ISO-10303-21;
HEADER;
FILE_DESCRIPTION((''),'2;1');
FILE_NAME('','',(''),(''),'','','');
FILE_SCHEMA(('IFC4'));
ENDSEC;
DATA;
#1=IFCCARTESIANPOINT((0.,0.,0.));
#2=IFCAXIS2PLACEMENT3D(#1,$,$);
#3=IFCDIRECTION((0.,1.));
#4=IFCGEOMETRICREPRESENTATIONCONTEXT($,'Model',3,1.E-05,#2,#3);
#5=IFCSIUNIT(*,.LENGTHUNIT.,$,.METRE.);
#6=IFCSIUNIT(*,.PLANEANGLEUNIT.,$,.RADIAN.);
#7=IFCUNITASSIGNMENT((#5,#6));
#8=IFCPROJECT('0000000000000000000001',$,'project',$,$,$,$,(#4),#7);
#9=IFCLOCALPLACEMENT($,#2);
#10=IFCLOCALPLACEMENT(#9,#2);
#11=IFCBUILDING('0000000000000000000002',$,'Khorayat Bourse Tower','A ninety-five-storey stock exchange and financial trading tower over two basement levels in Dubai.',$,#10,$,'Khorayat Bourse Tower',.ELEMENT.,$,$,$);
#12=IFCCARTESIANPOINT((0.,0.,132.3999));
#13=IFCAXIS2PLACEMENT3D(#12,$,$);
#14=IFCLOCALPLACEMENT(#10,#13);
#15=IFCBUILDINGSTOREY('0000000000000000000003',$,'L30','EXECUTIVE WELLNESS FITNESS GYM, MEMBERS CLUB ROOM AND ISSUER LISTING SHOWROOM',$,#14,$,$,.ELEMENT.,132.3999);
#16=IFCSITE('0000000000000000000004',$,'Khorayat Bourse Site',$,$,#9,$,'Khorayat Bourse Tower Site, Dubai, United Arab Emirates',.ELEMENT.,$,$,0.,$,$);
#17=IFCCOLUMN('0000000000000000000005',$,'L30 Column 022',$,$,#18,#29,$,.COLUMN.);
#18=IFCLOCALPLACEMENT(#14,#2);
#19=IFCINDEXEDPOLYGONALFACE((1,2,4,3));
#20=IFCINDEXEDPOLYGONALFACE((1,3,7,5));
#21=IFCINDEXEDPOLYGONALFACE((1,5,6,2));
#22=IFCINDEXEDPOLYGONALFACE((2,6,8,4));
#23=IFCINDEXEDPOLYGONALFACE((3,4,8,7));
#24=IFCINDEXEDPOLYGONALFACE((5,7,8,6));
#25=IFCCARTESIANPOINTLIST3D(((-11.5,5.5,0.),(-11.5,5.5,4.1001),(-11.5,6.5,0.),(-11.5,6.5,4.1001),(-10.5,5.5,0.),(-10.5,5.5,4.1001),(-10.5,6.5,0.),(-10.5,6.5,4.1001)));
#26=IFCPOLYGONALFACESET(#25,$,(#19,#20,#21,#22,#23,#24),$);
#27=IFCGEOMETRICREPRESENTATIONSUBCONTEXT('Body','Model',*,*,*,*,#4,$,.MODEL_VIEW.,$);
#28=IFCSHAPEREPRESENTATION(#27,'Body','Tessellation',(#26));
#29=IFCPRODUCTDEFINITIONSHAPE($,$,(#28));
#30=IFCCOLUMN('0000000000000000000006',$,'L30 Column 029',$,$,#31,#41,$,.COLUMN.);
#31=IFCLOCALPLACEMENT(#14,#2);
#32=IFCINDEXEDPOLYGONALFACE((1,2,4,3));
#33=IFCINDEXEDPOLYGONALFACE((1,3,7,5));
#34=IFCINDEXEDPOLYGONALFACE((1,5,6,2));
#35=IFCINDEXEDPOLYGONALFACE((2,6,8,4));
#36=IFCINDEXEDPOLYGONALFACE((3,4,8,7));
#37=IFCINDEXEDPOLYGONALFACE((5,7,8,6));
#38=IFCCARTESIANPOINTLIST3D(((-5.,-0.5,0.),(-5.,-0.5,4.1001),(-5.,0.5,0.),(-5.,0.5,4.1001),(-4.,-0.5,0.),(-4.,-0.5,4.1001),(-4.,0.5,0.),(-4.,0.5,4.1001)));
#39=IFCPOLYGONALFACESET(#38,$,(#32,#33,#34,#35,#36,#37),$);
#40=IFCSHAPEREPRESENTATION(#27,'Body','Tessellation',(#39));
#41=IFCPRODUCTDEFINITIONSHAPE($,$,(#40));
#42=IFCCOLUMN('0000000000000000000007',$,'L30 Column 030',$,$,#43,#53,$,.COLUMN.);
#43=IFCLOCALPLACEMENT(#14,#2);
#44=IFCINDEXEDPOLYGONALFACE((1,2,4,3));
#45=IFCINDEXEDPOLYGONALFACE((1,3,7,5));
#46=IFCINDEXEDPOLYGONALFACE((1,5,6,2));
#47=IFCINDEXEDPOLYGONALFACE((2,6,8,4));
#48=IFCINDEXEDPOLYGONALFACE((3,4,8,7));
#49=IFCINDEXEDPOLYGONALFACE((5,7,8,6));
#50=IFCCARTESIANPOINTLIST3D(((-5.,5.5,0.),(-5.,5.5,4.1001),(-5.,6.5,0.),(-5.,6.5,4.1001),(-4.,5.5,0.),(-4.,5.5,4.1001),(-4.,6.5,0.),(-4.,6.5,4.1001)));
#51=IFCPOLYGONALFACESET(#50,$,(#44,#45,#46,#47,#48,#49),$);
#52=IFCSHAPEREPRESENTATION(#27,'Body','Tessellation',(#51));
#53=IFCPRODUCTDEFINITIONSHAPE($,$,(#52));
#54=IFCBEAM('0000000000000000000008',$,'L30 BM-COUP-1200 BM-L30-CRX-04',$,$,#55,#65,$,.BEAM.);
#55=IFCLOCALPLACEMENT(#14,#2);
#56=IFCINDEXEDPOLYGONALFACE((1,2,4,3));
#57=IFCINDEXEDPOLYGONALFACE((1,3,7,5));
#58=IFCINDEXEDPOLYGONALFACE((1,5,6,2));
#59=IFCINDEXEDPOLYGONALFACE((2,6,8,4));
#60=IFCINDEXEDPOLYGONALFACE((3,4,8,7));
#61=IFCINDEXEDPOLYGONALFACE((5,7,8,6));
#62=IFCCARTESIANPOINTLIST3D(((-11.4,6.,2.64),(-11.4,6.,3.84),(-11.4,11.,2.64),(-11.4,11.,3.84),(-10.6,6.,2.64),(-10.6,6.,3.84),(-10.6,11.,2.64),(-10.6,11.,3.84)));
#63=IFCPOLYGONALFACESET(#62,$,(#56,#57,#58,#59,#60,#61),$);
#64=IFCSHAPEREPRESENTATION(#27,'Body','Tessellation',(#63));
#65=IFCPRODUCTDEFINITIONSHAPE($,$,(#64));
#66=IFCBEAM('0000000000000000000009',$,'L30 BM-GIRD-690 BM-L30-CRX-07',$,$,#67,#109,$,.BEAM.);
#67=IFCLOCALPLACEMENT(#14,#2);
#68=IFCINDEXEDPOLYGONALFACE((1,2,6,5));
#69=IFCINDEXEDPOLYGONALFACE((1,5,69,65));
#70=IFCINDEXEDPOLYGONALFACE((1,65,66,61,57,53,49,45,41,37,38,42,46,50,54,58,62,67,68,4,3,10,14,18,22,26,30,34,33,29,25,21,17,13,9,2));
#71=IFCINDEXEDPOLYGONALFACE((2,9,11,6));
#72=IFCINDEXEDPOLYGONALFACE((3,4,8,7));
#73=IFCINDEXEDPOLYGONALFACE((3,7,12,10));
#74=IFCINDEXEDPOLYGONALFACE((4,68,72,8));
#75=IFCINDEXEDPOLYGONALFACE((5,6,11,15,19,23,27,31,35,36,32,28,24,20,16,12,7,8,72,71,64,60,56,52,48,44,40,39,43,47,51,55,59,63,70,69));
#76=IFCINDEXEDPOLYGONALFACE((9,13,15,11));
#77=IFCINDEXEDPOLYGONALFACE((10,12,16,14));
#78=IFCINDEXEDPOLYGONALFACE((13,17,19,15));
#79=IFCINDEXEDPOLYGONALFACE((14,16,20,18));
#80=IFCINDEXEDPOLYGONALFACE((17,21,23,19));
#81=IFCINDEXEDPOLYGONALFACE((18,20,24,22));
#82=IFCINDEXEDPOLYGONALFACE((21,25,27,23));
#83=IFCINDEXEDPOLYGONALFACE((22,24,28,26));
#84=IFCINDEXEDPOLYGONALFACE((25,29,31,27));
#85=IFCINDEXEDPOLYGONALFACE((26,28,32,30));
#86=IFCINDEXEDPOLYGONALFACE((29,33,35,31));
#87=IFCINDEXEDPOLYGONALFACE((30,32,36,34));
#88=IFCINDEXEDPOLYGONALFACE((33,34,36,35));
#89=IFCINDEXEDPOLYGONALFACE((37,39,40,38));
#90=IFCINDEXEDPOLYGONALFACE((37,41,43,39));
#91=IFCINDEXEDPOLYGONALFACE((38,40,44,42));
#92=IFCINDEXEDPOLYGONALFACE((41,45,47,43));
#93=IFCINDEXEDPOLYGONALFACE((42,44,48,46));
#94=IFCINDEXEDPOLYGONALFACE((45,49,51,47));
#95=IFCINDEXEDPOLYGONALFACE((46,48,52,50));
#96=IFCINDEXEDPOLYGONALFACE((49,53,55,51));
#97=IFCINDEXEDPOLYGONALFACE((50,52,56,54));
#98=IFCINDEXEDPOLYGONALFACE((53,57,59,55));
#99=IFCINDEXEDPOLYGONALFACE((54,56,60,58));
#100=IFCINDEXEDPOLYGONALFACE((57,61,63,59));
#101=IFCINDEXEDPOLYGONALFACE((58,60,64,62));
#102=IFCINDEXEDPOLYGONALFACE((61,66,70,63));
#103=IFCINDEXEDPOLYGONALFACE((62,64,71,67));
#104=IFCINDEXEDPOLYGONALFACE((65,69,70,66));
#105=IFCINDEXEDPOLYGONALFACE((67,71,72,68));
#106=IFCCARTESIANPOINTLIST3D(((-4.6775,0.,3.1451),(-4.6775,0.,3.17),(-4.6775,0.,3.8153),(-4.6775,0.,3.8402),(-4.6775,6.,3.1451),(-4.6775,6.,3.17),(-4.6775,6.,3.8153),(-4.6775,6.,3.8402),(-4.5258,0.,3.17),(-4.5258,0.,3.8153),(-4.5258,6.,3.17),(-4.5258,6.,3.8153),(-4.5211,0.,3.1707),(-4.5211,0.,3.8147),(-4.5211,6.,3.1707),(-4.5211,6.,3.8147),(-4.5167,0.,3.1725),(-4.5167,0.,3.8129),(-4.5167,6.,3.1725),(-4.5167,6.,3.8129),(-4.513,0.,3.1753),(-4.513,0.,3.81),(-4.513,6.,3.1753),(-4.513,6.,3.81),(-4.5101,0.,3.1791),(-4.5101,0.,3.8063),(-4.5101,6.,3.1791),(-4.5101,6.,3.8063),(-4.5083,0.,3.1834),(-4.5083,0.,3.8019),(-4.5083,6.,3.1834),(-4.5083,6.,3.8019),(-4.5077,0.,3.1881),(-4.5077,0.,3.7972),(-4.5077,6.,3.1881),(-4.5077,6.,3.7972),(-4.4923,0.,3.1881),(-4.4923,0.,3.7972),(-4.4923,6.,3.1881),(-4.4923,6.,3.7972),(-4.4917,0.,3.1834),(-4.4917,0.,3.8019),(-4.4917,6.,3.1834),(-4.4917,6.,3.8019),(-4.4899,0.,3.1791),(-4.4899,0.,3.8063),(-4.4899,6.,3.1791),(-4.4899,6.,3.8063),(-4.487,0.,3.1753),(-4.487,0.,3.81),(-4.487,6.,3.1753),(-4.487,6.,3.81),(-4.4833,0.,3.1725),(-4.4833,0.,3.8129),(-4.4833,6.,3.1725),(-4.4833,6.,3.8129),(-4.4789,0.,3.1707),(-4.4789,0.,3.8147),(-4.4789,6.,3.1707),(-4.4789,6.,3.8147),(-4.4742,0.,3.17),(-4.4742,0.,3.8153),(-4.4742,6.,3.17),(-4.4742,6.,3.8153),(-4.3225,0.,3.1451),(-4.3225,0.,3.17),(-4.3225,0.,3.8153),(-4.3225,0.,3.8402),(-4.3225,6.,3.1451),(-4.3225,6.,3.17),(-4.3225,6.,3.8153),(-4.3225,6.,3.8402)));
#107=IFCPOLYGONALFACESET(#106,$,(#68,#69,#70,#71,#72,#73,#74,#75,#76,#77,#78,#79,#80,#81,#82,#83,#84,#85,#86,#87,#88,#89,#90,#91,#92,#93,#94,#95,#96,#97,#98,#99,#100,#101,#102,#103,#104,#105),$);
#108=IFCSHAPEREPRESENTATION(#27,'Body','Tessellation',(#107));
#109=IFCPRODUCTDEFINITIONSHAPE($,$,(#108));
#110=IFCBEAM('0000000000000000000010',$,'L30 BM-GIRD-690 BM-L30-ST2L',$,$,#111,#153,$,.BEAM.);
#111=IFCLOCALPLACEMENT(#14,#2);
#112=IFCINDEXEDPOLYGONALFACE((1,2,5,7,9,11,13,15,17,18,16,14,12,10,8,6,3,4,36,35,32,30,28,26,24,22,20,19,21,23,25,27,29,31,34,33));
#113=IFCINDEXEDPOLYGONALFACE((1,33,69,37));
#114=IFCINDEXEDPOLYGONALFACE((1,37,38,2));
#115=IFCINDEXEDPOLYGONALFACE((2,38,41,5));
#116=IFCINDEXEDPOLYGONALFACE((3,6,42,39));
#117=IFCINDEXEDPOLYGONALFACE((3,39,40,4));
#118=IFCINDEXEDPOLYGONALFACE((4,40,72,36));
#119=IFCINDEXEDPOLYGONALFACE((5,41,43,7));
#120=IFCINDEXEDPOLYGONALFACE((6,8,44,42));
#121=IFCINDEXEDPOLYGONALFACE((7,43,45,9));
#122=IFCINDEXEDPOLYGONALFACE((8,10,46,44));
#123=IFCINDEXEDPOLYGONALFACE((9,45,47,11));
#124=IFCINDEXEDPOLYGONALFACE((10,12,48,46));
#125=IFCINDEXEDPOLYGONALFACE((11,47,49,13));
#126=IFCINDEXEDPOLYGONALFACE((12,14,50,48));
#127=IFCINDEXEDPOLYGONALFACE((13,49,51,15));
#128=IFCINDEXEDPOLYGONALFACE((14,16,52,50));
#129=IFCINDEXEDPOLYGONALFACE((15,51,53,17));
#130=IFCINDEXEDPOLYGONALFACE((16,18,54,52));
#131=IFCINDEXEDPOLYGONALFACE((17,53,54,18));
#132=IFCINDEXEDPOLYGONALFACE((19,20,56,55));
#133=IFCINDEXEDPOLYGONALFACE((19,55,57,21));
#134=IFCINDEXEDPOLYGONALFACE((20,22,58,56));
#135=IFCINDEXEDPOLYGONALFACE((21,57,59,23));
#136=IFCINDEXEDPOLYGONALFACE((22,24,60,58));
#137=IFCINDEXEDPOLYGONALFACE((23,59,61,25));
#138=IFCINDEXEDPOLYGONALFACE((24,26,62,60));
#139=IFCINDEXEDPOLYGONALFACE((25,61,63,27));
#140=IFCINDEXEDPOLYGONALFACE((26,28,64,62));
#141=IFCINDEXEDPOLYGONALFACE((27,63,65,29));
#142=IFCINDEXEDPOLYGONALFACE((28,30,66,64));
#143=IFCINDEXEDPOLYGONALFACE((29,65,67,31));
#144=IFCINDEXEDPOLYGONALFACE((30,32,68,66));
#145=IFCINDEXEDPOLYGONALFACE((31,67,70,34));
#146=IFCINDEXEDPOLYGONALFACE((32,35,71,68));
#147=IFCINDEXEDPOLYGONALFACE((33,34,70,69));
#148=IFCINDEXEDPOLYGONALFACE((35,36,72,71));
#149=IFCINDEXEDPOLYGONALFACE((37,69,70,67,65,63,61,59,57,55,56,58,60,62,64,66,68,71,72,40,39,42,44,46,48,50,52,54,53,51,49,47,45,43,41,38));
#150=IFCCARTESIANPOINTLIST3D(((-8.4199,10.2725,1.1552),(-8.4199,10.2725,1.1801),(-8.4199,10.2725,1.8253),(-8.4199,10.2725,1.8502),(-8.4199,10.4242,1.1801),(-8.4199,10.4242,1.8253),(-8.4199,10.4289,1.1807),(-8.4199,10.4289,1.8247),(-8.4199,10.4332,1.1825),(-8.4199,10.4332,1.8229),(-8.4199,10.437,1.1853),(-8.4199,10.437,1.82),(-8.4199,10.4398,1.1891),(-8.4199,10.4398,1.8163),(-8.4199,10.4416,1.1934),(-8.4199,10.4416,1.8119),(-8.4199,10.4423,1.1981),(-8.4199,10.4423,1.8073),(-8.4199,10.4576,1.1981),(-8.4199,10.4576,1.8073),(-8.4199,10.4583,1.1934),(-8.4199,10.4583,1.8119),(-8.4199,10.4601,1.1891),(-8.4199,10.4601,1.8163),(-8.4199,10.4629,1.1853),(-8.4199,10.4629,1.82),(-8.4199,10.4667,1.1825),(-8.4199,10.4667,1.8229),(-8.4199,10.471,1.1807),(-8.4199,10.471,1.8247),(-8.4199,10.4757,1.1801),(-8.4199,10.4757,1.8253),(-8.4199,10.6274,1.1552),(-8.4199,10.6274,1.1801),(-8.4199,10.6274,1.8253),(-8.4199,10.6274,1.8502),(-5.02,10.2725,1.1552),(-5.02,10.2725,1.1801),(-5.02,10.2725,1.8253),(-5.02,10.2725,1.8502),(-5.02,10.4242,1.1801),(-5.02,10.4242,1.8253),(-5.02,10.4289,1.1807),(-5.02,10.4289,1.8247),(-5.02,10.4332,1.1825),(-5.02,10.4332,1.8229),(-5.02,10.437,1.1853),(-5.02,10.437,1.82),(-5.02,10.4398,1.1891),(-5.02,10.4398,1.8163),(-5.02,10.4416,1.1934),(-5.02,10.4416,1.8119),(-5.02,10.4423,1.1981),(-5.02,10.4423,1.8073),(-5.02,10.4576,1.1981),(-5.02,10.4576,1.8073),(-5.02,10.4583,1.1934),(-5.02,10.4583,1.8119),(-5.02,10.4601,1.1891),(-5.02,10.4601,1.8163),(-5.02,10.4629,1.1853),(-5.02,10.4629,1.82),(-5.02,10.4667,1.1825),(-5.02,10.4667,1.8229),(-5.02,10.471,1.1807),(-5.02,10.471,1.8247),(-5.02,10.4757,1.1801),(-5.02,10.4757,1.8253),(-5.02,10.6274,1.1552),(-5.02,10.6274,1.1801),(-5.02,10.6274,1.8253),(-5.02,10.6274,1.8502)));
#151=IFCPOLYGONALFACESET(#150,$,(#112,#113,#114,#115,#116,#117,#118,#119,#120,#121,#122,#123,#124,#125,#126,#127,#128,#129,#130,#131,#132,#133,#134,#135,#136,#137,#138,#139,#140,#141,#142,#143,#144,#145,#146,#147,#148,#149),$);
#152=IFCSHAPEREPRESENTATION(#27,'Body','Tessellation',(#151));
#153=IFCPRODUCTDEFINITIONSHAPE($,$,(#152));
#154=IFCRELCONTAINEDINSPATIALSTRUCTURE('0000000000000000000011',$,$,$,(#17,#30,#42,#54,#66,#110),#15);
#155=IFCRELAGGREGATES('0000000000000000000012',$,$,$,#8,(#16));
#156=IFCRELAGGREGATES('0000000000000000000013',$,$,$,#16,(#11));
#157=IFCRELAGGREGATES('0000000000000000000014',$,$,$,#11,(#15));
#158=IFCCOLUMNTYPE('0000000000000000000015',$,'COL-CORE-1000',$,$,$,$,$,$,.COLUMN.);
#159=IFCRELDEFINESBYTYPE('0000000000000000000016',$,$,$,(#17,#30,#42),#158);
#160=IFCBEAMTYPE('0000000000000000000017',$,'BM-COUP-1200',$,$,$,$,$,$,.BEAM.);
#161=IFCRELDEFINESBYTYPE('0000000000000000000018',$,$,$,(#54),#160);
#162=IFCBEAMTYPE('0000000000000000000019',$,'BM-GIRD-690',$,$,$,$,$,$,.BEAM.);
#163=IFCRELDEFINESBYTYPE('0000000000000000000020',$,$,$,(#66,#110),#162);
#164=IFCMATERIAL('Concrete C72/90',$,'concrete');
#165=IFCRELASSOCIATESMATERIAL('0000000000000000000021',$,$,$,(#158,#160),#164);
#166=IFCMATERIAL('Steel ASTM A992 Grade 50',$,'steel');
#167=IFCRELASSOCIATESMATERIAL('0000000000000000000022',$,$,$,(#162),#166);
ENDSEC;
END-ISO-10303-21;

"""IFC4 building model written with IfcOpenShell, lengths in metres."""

from ifc_helpers import new_model, si_unit, direction, frame, origin, origin_2d, place, context, subcontext, project, spatial, rectangle, i_section, extrude, source, transform, mapped, material, material_profile, profile_set, type_object, element, save


model = new_model("IFC4")

# Units and contexts
model_context = context("Model", 3, precision=1e-05, world=origin(), true_north=direction((0.0, 1.0)))
body_context = subcontext(model_context, "Body", "Model", "MODEL_VIEW")
ifc_project = project(units=[si_unit("LENGTHUNIT", "METRE"), si_unit("PLANEANGLEUNIT", "RADIAN")], contexts=[model_context])

# Site, building, storey
site_placement = place(None, origin())
site = spatial("IfcSite", under=ifc_project, at=site_placement, Name="Khorayat Bourse Site", LongName="Khorayat Bourse Tower Site, Dubai, United Arab Emirates", CompositionType="ELEMENT", RefElevation=0.0)
building_placement = place(site_placement, origin())
building = spatial("IfcBuilding", under=site, at=building_placement, Name="Khorayat Bourse Tower", Description="A ninety-five-storey stock exchange and financial trading tower over two basement levels in Dubai.", LongName="Khorayat Bourse Tower", CompositionType="ELEMENT")
storey_placement = place(building_placement, frame((0.0, 0.0, 132.3999)))
storey = spatial("IfcBuildingStorey", under=building, at=storey_placement, Name="L30", Description="EXECUTIVE WELLNESS FITNESS GYM, MEMBERS CLUB ROOM AND ISSUER LISTING SHOWROOM", CompositionType="ELEMENT", Elevation=132.3999)

# Columns
ifc_material_1 = material(Name="Concrete C72/90", Category="concrete")
ifc_material_profile_1 = material_profile(ifc_material_1, rectangle(XDim=1.0, YDim=1.0, at=origin_2d()), Name="RC 1000x1000")
ifc_profile_set_1 = profile_set([ifc_material_profile_1], Name="Concrete C72/90")
column_type = type_object("IfcColumnType", Name="COL-CORE-1000", PredefinedType="COLUMN", material=ifc_profile_set_1)
shared_shape_1 = source(origin(), body_context, "Body", "SweptSolid", [
    extrude(rectangle(XDim=1.0, YDim=1.0, at=origin_2d()), origin(), (0.0, 0.0, 1.0), 4.1001),
])
for number, where, z_axis, x_axis, name in (
    (1, (-11.0, 6.0, 0.0), (0.0, 0.0, 1.0), (1.0, 0.0, 0.0), "L30 Column 022"),
    (2, (-4.5, 0.0, 0.0), (0.0, 0.0, 1.0), (1.0, 0.0, 0.0), "L30 Column 029"),
    (3, (-4.5, 6.0, 0.0), (0.0, 0.0, 1.0), (1.0, 0.0, 0.0), "L30 Column 030"),
):
    element("IfcColumn", number, at=place(storey_placement, frame(where, z_axis=z_axis, x_axis=x_axis)), inside=storey, type_object=column_type, Name=name, PredefinedType="COLUMN", context=body_context, shape_type="MappedRepresentation", body=[
        mapped(shared_shape_1, transform((0.0, 0.0, 0.0), scale=1.0)),
    ])

# Beams
ifc_material_profile_2 = material_profile(ifc_material_1, rectangle(XDim=0.8, YDim=1.2, at=origin_2d()), Name="RC 800x1200")
ifc_profile_set_2 = profile_set([ifc_material_profile_2], Name="Concrete C72/90")
beam_type_1 = type_object("IfcBeamType", Name="BM-COUP-1200", PredefinedType="BEAM", material=ifc_profile_set_2)
shared_shape_2 = source(origin(), body_context, "Body", "SweptSolid", [
    extrude(rectangle(XDim=0.8, YDim=1.2, at=origin_2d()), origin(), (0.0, 0.0, 1.0), 5.0),
])
beam_1_placement = place(storey_placement, frame((-11.0, 6.0, 3.24), z_axis=(0.0, 1.0, 0.0), x_axis=(-1.0, 0.0, 0.0)))
element("IfcBeam", 4, at=beam_1_placement, inside=storey, type_object=beam_type_1, Name="L30 BM-COUP-1200 BM-L30-CRX-04", PredefinedType="BEAM", context=body_context, shape_type="MappedRepresentation", body=[
    mapped(shared_shape_2, transform((0.0, 0.0, 0.0), scale=1.0)),
])
ifc_material_2 = material(Name="Steel ASTM A992 Grade 50", Category="steel")
ifc_material_profile_3 = material_profile(ifc_material_2, i_section(OverallWidth=0.355, OverallDepth=0.6951, WebThickness=0.0154, FlangeThickness=0.0249, FilletRadius=0.0181, at=origin_2d()), Name="W690X217")
ifc_profile_set_3 = profile_set([ifc_material_profile_3], Name="Steel ASTM A992 Grade 50")
beam_type_2 = type_object("IfcBeamType", Name="BM-GIRD-690", PredefinedType="BEAM", material=ifc_profile_set_3)
shared_shape_3 = source(origin(), body_context, "Body", "SweptSolid", [
    extrude(i_section(OverallWidth=0.355, OverallDepth=0.6951, WebThickness=0.0154, FlangeThickness=0.0249, FilletRadius=0.0181, at=origin_2d()), origin(), (0.0, 0.0, 1.0), 6.0),
])
beam_2_placement = place(storey_placement, frame((-4.5, 0.0, 3.4927), z_axis=(0.0, 1.0, 0.0), x_axis=(-1.0, 0.0, 0.0)))
element("IfcBeam", 5, at=beam_2_placement, inside=storey, type_object=beam_type_2, Name="L30 BM-GIRD-690 BM-L30-CRX-07", PredefinedType="BEAM", context=body_context, shape_type="MappedRepresentation", body=[
    mapped(shared_shape_3, transform((0.0, 0.0, 0.0), scale=1.0)),
])
shared_shape_4 = source(origin(), body_context, "Body", "SweptSolid", [
    extrude(i_section(OverallWidth=0.355, OverallDepth=0.6951, WebThickness=0.0154, FlangeThickness=0.0249, FilletRadius=0.0181, at=origin_2d()), origin(), (0.0, 0.0, 1.0), 3.3999),
])
beam_3_placement = place(storey_placement, frame((-8.4199, 10.45, 1.5027), z_axis=(1.0, 0.0, 0.0), x_axis=(0.0, 1.0, 0.0)))
element("IfcBeam", 6, at=beam_3_placement, inside=storey, type_object=beam_type_2, Name="L30 BM-GIRD-690 BM-L30-ST2L", PredefinedType="BEAM", context=body_context, shape_type="MappedRepresentation", body=[
    mapped(shared_shape_4, transform((0.0, 0.0, 0.0), scale=1.0)),
])

save(model, "model.ifc")
